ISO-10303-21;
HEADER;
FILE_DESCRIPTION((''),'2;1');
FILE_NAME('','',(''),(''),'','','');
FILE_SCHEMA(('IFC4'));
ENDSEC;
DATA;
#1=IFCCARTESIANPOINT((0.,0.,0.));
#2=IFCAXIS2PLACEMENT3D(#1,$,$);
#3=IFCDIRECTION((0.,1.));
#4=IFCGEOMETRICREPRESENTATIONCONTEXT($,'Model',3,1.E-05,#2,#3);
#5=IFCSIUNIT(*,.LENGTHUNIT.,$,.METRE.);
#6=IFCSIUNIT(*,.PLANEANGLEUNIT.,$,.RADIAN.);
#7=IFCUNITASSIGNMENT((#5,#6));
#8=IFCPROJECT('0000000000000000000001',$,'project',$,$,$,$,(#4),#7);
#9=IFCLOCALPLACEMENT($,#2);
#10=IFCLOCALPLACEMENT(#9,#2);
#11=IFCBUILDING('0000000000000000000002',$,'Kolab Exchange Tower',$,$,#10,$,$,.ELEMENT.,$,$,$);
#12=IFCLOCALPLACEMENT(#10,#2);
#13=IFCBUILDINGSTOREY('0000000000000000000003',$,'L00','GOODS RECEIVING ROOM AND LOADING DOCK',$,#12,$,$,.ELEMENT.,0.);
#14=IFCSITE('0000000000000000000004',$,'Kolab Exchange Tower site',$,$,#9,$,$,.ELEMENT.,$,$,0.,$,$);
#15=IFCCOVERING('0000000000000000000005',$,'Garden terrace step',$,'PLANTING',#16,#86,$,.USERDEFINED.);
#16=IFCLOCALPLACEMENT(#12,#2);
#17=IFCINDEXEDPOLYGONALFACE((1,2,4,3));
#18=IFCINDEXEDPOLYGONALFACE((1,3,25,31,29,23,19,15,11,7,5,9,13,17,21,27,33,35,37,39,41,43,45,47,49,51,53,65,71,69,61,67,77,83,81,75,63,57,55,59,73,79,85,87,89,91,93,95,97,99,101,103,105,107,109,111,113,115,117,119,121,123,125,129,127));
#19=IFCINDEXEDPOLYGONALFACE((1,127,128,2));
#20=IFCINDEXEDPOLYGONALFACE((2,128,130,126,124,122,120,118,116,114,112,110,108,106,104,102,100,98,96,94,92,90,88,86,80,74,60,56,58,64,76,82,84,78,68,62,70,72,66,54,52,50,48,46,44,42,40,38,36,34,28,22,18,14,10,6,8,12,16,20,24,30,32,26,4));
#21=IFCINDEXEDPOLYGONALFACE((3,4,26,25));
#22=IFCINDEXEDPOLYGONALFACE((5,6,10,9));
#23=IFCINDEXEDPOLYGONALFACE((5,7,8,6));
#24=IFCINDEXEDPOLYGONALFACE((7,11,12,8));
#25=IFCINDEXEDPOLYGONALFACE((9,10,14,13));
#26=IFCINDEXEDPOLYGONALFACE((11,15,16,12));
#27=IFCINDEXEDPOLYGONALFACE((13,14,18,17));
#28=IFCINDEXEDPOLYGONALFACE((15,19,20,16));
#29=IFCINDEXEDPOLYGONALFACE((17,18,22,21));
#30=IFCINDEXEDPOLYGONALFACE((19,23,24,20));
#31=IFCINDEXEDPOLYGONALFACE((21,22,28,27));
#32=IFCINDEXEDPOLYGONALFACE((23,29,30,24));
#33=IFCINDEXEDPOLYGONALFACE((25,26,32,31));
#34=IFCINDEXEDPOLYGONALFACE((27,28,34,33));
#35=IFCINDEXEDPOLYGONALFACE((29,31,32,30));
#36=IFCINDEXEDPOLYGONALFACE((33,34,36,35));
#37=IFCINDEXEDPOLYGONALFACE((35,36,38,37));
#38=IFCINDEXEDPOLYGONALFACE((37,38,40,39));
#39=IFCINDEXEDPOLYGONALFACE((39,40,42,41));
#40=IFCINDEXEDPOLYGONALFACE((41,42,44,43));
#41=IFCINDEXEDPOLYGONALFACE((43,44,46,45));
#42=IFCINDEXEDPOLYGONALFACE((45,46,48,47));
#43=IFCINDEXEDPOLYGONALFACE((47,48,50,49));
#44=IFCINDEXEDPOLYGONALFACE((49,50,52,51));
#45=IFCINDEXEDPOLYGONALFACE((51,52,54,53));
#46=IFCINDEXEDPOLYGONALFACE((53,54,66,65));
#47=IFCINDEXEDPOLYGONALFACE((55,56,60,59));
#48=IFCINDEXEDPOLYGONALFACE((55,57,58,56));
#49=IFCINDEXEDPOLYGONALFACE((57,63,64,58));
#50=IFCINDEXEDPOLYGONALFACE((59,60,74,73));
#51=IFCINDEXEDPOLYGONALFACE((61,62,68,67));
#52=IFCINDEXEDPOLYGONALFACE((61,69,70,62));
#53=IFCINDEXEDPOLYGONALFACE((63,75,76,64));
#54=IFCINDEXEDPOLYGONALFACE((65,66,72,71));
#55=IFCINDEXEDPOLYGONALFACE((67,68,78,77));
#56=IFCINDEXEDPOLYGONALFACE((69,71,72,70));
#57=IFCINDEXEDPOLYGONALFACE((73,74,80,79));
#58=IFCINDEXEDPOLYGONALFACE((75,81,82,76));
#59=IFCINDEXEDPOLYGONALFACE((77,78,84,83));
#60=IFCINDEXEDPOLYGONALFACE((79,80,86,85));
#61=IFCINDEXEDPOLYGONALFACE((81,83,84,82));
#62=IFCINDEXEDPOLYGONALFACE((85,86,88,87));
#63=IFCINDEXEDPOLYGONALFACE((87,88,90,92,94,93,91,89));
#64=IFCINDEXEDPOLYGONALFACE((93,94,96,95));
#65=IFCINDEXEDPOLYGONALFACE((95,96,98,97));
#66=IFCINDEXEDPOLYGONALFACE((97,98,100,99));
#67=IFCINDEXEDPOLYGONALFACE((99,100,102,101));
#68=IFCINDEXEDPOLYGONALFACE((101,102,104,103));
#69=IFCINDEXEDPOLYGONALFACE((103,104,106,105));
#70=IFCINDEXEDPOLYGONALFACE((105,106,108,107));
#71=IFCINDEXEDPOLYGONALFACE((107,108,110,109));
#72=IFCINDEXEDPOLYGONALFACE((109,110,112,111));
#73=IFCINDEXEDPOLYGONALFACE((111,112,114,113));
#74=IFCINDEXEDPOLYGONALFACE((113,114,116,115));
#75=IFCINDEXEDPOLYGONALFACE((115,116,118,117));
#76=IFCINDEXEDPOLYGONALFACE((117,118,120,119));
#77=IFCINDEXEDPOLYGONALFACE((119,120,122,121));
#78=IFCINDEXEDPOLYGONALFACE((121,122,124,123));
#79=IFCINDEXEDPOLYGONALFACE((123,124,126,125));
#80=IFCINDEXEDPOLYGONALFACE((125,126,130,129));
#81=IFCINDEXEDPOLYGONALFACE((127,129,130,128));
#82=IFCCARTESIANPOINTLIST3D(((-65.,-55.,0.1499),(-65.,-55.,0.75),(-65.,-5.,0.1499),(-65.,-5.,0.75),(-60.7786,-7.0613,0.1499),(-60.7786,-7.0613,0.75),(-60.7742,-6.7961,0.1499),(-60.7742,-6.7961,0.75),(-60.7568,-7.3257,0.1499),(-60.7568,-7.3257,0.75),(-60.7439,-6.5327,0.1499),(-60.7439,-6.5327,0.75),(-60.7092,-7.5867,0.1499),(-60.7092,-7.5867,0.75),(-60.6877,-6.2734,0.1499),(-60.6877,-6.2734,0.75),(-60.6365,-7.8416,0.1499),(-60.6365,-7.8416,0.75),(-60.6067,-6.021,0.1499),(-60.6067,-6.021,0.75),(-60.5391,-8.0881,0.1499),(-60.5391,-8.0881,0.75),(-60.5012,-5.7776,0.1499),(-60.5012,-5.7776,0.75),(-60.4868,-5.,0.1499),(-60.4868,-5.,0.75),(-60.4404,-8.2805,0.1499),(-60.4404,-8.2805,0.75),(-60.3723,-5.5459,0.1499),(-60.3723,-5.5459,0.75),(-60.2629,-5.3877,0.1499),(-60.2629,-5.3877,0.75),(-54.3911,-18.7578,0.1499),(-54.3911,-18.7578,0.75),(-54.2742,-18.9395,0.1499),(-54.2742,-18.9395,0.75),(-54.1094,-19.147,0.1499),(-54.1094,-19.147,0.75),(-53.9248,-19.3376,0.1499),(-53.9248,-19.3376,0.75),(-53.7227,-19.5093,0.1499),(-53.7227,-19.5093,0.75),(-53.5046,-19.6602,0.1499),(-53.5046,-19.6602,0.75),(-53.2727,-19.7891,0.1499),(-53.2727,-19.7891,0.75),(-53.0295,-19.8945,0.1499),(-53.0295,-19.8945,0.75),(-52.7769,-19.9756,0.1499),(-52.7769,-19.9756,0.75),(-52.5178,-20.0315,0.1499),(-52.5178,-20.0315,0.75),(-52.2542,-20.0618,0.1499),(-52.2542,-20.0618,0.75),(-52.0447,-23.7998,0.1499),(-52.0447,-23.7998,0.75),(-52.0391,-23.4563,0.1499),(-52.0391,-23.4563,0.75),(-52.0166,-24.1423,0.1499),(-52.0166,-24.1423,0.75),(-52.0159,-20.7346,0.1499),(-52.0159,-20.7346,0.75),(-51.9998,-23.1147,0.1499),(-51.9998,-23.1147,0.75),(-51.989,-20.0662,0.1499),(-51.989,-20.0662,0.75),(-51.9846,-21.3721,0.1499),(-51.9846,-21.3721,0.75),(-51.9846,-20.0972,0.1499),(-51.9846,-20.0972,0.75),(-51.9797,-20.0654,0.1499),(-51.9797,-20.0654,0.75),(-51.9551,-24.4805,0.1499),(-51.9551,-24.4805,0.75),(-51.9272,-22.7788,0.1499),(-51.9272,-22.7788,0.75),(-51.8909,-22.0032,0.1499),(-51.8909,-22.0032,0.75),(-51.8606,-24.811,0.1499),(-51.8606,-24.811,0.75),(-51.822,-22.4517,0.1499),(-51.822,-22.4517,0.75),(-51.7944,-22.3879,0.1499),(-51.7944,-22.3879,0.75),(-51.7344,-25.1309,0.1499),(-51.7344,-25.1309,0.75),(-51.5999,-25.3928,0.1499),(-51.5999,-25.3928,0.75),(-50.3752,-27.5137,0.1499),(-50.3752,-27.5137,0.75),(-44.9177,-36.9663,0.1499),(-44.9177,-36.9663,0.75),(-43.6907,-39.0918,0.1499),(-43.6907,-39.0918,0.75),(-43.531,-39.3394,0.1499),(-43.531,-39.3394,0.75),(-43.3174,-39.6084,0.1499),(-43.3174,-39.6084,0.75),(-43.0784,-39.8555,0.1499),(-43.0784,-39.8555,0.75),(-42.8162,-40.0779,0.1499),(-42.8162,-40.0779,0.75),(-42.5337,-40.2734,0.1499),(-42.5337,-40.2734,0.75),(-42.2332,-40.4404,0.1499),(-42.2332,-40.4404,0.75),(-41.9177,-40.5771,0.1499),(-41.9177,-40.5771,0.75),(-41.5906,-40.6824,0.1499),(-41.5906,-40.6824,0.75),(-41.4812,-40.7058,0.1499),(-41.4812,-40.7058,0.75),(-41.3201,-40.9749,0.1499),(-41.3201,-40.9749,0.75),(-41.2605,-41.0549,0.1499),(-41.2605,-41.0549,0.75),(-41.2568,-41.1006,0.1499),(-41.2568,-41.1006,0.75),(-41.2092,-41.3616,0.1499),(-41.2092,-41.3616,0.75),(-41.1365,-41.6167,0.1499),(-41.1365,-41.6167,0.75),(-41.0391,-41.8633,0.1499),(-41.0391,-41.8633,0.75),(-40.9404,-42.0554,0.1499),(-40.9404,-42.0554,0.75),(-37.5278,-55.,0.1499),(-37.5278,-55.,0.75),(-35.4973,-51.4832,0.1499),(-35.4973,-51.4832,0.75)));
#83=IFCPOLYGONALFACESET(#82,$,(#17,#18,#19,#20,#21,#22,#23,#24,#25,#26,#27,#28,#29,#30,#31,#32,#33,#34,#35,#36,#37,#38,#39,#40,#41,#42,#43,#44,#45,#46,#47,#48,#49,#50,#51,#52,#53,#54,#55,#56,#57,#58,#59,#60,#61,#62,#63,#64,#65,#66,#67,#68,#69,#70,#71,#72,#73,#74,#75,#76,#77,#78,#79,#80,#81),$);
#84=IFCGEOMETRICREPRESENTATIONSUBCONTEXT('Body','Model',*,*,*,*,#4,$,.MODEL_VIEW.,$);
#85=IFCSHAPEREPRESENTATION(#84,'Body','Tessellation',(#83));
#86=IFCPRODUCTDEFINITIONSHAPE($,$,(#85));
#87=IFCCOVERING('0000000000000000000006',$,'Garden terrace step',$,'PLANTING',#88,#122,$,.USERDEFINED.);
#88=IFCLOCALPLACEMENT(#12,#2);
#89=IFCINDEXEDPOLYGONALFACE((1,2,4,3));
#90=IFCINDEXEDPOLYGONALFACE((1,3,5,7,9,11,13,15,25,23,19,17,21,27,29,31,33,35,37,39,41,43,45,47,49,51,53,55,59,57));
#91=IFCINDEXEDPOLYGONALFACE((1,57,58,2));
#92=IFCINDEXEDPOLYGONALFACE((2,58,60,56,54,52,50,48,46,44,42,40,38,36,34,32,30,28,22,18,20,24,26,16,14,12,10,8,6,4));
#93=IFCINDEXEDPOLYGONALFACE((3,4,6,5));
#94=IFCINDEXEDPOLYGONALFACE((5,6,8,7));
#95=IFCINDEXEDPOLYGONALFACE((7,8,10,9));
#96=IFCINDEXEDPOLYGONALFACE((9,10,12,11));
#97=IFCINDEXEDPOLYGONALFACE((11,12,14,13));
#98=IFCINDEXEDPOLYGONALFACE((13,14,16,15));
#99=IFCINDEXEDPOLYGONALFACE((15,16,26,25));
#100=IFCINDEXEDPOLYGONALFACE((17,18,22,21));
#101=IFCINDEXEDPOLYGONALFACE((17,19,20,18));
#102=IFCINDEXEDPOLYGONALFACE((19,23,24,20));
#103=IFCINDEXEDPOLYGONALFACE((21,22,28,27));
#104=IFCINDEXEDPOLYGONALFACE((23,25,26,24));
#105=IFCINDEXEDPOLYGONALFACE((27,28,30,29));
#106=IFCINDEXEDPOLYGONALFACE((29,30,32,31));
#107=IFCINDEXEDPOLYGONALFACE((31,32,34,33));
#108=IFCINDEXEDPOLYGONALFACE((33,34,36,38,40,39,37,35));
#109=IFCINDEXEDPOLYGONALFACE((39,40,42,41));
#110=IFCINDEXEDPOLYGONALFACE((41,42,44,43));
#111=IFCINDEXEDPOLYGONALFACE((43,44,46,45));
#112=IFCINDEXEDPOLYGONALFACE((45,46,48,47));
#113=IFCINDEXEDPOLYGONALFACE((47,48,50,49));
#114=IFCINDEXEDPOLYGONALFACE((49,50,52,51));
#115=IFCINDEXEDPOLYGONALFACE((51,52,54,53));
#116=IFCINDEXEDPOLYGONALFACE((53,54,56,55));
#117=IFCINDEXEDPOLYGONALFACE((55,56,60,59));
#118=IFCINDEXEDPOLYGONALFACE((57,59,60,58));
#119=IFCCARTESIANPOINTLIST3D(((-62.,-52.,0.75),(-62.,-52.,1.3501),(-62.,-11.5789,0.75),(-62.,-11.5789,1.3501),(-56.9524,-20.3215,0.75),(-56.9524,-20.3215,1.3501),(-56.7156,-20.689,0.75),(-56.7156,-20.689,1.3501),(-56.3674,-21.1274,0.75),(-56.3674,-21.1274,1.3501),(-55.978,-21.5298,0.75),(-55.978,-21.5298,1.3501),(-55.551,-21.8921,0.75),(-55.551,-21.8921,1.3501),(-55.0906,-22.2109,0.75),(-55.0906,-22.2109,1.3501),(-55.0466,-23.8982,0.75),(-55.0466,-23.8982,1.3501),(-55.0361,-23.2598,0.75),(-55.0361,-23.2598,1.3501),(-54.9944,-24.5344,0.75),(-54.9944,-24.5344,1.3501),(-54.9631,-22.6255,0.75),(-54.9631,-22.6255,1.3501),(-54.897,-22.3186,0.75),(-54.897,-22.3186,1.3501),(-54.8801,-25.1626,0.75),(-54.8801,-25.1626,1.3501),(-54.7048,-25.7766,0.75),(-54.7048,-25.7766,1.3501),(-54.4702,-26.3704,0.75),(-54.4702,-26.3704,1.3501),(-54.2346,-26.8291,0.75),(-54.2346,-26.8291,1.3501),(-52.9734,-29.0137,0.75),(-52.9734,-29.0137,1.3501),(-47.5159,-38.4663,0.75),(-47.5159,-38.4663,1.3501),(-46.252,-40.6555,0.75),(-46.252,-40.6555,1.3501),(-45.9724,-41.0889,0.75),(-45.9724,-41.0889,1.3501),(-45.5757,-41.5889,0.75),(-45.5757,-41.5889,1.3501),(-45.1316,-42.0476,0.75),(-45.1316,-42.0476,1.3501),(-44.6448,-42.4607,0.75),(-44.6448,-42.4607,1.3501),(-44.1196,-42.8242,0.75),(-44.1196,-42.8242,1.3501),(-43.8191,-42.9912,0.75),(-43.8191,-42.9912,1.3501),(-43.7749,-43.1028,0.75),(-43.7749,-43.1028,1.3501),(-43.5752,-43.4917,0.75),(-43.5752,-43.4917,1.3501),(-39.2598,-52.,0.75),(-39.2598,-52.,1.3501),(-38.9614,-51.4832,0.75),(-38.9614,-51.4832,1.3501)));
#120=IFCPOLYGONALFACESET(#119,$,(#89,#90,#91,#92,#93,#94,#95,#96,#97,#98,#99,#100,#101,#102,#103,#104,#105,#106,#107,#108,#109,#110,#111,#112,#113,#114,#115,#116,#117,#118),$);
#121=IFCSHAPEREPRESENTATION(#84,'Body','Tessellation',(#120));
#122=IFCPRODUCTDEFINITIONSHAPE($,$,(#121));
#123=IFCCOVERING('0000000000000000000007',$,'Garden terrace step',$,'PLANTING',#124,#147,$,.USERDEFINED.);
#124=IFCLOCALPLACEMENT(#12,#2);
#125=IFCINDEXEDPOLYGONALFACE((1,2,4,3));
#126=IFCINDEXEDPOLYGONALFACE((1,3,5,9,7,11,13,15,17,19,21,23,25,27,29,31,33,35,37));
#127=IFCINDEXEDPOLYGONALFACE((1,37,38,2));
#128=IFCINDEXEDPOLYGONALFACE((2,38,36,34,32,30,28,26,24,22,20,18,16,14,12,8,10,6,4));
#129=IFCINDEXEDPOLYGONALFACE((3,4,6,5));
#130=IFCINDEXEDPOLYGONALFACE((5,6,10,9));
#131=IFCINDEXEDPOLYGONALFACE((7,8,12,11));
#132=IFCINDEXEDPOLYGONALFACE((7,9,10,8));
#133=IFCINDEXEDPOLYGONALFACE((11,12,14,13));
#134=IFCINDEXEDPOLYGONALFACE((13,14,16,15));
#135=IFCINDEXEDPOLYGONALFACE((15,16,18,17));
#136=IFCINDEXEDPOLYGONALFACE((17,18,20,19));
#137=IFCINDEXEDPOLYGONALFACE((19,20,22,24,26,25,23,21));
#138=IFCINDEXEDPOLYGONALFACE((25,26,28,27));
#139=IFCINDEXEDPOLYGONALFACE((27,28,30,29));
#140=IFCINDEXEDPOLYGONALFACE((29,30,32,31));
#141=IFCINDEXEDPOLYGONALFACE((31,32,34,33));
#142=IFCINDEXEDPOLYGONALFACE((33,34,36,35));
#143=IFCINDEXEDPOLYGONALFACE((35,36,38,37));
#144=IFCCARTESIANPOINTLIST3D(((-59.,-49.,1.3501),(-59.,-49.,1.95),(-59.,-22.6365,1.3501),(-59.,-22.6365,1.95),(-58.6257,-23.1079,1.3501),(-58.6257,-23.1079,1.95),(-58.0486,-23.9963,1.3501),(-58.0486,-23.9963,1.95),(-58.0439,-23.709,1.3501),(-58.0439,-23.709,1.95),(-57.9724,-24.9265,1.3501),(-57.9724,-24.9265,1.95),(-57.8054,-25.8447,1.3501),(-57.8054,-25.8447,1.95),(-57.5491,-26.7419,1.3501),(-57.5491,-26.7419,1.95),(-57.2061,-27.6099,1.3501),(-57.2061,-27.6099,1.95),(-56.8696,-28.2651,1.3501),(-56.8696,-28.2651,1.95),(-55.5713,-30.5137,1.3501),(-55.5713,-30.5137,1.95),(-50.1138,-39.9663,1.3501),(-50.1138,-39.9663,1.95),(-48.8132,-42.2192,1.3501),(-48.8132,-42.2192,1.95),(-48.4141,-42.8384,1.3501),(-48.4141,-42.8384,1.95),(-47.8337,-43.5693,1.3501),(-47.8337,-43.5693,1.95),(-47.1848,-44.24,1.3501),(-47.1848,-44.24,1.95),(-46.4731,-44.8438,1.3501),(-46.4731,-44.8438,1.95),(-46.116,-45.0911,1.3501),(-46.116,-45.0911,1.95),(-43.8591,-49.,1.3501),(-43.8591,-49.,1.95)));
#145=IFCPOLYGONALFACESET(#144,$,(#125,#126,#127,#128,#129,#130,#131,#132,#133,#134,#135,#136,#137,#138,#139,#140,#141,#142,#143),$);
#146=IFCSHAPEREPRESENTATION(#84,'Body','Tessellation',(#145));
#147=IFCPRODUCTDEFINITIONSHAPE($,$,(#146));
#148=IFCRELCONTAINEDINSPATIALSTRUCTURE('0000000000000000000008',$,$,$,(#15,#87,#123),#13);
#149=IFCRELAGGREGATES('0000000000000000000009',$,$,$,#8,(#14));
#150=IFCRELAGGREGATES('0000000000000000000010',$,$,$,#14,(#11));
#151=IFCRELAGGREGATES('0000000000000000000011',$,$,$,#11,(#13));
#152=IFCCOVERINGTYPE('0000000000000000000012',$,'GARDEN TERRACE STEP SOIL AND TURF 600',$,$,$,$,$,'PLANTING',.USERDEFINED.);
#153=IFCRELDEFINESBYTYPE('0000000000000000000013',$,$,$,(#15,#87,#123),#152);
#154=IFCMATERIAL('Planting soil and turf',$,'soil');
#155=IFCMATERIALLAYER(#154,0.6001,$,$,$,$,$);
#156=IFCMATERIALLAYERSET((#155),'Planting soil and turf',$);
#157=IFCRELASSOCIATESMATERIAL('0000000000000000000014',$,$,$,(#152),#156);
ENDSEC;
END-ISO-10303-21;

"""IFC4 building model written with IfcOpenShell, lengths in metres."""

from ifc_helpers import new_model, si_unit, direction, frame, origin, place, context, subcontext, project, spatial, polyline, outline, extrude, material, layer, layer_set, type_object, element, save


model = new_model("IFC4")

# Units and contexts
model_context = context("Model", 3, precision=1e-05, world=origin(), true_north=direction((0.0, 1.0)))
body_context = subcontext(model_context, "Body", "Model", "MODEL_VIEW")
ifc_project = project(units=[si_unit("LENGTHUNIT", "METRE"), si_unit("PLANEANGLEUNIT", "RADIAN")], contexts=[model_context])

# Site, building, storey
site_placement = place(None, origin())
site = spatial("IfcSite", under=ifc_project, at=site_placement, Name="Kolab Exchange Tower site", CompositionType="ELEMENT", RefElevation=0.0)
building_placement = place(site_placement, origin())
building = spatial("IfcBuilding", under=site, at=building_placement, Name="Kolab Exchange Tower", CompositionType="ELEMENT")
storey_placement = place(building_placement, origin())
storey = spatial("IfcBuildingStorey", under=building, at=storey_placement, Name="L00", Description="GOODS RECEIVING ROOM AND LOADING DOCK", CompositionType="ELEMENT", Elevation=0.0)

# Coverings
ifc_material_1 = material(Name="Planting soil and turf", Category="soil")
ifc_layer_1 = layer(ifc_material_1, 0.6001)
ifc_layer_set_1 = layer_set([ifc_layer_1], Name="Planting soil and turf")
covering_type_1 = type_object("IfcCoveringType", Name="GARDEN TERRACE STEP SOIL AND TURF 600", ElementType="PLANTING", PredefinedType="USERDEFINED", material=ifc_layer_set_1)
covering_1_placement = place(storey_placement, frame((0.0, 0.0, 0.1499)))
element("IfcCovering", 1, at=covering_1_placement, inside=storey, type_object=covering_type_1, Name="Garden terrace step", ObjectType="PLANTING", PredefinedType="USERDEFINED", context=body_context, shape_type="SweptSolid", body=[
    extrude(outline(polyline([(-65.0, -5.0), (-60.4868, -5.0), (-60.2629, -5.3877), (-60.3723, -5.5459), (-60.5012, -5.7776), (-60.6067, -6.021), (-60.6877, -6.2734), (-60.7439, -6.5327), (-60.7742, -6.7961), (-60.7786, -7.0613), (-60.7568, -7.3257), (-60.7092, -7.5867), (-60.6365, -7.8416), (-60.5391, -8.0881), (-60.4404, -8.2805), (-54.3911, -18.7578), (-54.2742, -18.9395), (-54.1094, -19.147), (-53.9248, -19.3376), (-53.7227, -19.5093), (-53.5046, -19.6602), (-53.2727, -19.7891), (-53.0295, -19.8945), (-52.7769, -19.9756), (-52.5178, -20.0315), (-52.2542, -20.0618), (-51.989, -20.0662), (-51.9797, -20.0654), (-51.9846, -20.0972), (-52.0159, -20.7346), (-51.9846, -21.3721), (-51.8909, -22.0032), (-51.7944, -22.3879), (-51.822, -22.4517), (-51.9272, -22.7788), (-51.9998, -23.1147), (-52.0391, -23.4563), (-52.0447, -23.7998), (-52.0166, -24.1423), (-51.9551, -24.4805), (-51.8606, -24.811), (-51.7344, -25.1309), (-51.5999, -25.3928), (-50.3752, -27.5137), (-44.9177, -36.9663), (-43.6907, -39.0918), (-43.531, -39.3394), (-43.3174, -39.6084), (-43.0784, -39.8555), (-42.8162, -40.0779), (-42.5337, -40.2734), (-42.2332, -40.4404), (-41.9177, -40.5771), (-41.5906, -40.6824), (-41.4812, -40.7058), (-41.3201, -40.9749), (-41.2605, -41.0549), (-41.2568, -41.1006), (-41.2092, -41.3616), (-41.1365, -41.6167), (-41.0391, -41.8633), (-40.9404, -42.0554), (-35.4973, -51.4832), (-37.5278, -55.0), (-65.0, -55.0), (-65.0, -5.0)])), origin(), (0.0, 0.0, 1.0), 0.6001),
])
covering_2_placement = place(storey_placement, frame((0.0, 0.0, 0.75)))
element("IfcCovering", 2, at=covering_2_placement, inside=storey, type_object=covering_type_1, Name="Garden terrace step", ObjectType="PLANTING", PredefinedType="USERDEFINED", context=body_context, shape_type="SweptSolid", body=[
    extrude(outline(polyline([(-62.0, -11.5789), (-56.9524, -20.3215), (-56.7156, -20.689), (-56.3674, -21.1274), (-55.978, -21.5298), (-55.551, -21.8921), (-55.0906, -22.2109), (-54.897, -22.3186), (-54.9631, -22.6255), (-55.0361, -23.2598), (-55.0466, -23.8982), (-54.9944, -24.5344), (-54.8801, -25.1626), (-54.7048, -25.7766), (-54.4702, -26.3704), (-54.2346, -26.8291), (-52.9734, -29.0137), (-47.5159, -38.4663), (-46.252, -40.6555), (-45.9724, -41.0889), (-45.5757, -41.5889), (-45.1316, -42.0476), (-44.6448, -42.4607), (-44.1196, -42.8242), (-43.8191, -42.9912), (-43.7749, -43.1028), (-43.5752, -43.4917), (-38.9614, -51.4832), (-39.2598, -52.0), (-62.0, -52.0), (-62.0, -11.5789)])), origin(), (0.0, 0.0, 1.0), 0.6001),
])
covering_3_placement = place(storey_placement, frame((0.0, 0.0, 1.3501)))
element("IfcCovering", 3, at=covering_3_placement, inside=storey, type_object=covering_type_1, Name="Garden terrace step", ObjectType="PLANTING", PredefinedType="USERDEFINED", context=body_context, shape_type="SweptSolid", body=[
    extrude(outline(polyline([(-59.0, -22.6365), (-58.6257, -23.1079), (-58.0439, -23.709), (-58.0486, -23.9963), (-57.9724, -24.9265), (-57.8054, -25.8447), (-57.5491, -26.7419), (-57.2061, -27.6099), (-56.8696, -28.2651), (-55.5713, -30.5137), (-50.1138, -39.9663), (-48.8132, -42.2192), (-48.4141, -42.8384), (-47.8337, -43.5693), (-47.1848, -44.24), (-46.4731, -44.8438), (-46.116, -45.0911), (-43.8591, -49.0), (-59.0, -49.0), (-59.0, -22.6365)])), origin(), (0.0, 0.0, 1.0), 0.5999),
])

save(model, "model.ifc")
